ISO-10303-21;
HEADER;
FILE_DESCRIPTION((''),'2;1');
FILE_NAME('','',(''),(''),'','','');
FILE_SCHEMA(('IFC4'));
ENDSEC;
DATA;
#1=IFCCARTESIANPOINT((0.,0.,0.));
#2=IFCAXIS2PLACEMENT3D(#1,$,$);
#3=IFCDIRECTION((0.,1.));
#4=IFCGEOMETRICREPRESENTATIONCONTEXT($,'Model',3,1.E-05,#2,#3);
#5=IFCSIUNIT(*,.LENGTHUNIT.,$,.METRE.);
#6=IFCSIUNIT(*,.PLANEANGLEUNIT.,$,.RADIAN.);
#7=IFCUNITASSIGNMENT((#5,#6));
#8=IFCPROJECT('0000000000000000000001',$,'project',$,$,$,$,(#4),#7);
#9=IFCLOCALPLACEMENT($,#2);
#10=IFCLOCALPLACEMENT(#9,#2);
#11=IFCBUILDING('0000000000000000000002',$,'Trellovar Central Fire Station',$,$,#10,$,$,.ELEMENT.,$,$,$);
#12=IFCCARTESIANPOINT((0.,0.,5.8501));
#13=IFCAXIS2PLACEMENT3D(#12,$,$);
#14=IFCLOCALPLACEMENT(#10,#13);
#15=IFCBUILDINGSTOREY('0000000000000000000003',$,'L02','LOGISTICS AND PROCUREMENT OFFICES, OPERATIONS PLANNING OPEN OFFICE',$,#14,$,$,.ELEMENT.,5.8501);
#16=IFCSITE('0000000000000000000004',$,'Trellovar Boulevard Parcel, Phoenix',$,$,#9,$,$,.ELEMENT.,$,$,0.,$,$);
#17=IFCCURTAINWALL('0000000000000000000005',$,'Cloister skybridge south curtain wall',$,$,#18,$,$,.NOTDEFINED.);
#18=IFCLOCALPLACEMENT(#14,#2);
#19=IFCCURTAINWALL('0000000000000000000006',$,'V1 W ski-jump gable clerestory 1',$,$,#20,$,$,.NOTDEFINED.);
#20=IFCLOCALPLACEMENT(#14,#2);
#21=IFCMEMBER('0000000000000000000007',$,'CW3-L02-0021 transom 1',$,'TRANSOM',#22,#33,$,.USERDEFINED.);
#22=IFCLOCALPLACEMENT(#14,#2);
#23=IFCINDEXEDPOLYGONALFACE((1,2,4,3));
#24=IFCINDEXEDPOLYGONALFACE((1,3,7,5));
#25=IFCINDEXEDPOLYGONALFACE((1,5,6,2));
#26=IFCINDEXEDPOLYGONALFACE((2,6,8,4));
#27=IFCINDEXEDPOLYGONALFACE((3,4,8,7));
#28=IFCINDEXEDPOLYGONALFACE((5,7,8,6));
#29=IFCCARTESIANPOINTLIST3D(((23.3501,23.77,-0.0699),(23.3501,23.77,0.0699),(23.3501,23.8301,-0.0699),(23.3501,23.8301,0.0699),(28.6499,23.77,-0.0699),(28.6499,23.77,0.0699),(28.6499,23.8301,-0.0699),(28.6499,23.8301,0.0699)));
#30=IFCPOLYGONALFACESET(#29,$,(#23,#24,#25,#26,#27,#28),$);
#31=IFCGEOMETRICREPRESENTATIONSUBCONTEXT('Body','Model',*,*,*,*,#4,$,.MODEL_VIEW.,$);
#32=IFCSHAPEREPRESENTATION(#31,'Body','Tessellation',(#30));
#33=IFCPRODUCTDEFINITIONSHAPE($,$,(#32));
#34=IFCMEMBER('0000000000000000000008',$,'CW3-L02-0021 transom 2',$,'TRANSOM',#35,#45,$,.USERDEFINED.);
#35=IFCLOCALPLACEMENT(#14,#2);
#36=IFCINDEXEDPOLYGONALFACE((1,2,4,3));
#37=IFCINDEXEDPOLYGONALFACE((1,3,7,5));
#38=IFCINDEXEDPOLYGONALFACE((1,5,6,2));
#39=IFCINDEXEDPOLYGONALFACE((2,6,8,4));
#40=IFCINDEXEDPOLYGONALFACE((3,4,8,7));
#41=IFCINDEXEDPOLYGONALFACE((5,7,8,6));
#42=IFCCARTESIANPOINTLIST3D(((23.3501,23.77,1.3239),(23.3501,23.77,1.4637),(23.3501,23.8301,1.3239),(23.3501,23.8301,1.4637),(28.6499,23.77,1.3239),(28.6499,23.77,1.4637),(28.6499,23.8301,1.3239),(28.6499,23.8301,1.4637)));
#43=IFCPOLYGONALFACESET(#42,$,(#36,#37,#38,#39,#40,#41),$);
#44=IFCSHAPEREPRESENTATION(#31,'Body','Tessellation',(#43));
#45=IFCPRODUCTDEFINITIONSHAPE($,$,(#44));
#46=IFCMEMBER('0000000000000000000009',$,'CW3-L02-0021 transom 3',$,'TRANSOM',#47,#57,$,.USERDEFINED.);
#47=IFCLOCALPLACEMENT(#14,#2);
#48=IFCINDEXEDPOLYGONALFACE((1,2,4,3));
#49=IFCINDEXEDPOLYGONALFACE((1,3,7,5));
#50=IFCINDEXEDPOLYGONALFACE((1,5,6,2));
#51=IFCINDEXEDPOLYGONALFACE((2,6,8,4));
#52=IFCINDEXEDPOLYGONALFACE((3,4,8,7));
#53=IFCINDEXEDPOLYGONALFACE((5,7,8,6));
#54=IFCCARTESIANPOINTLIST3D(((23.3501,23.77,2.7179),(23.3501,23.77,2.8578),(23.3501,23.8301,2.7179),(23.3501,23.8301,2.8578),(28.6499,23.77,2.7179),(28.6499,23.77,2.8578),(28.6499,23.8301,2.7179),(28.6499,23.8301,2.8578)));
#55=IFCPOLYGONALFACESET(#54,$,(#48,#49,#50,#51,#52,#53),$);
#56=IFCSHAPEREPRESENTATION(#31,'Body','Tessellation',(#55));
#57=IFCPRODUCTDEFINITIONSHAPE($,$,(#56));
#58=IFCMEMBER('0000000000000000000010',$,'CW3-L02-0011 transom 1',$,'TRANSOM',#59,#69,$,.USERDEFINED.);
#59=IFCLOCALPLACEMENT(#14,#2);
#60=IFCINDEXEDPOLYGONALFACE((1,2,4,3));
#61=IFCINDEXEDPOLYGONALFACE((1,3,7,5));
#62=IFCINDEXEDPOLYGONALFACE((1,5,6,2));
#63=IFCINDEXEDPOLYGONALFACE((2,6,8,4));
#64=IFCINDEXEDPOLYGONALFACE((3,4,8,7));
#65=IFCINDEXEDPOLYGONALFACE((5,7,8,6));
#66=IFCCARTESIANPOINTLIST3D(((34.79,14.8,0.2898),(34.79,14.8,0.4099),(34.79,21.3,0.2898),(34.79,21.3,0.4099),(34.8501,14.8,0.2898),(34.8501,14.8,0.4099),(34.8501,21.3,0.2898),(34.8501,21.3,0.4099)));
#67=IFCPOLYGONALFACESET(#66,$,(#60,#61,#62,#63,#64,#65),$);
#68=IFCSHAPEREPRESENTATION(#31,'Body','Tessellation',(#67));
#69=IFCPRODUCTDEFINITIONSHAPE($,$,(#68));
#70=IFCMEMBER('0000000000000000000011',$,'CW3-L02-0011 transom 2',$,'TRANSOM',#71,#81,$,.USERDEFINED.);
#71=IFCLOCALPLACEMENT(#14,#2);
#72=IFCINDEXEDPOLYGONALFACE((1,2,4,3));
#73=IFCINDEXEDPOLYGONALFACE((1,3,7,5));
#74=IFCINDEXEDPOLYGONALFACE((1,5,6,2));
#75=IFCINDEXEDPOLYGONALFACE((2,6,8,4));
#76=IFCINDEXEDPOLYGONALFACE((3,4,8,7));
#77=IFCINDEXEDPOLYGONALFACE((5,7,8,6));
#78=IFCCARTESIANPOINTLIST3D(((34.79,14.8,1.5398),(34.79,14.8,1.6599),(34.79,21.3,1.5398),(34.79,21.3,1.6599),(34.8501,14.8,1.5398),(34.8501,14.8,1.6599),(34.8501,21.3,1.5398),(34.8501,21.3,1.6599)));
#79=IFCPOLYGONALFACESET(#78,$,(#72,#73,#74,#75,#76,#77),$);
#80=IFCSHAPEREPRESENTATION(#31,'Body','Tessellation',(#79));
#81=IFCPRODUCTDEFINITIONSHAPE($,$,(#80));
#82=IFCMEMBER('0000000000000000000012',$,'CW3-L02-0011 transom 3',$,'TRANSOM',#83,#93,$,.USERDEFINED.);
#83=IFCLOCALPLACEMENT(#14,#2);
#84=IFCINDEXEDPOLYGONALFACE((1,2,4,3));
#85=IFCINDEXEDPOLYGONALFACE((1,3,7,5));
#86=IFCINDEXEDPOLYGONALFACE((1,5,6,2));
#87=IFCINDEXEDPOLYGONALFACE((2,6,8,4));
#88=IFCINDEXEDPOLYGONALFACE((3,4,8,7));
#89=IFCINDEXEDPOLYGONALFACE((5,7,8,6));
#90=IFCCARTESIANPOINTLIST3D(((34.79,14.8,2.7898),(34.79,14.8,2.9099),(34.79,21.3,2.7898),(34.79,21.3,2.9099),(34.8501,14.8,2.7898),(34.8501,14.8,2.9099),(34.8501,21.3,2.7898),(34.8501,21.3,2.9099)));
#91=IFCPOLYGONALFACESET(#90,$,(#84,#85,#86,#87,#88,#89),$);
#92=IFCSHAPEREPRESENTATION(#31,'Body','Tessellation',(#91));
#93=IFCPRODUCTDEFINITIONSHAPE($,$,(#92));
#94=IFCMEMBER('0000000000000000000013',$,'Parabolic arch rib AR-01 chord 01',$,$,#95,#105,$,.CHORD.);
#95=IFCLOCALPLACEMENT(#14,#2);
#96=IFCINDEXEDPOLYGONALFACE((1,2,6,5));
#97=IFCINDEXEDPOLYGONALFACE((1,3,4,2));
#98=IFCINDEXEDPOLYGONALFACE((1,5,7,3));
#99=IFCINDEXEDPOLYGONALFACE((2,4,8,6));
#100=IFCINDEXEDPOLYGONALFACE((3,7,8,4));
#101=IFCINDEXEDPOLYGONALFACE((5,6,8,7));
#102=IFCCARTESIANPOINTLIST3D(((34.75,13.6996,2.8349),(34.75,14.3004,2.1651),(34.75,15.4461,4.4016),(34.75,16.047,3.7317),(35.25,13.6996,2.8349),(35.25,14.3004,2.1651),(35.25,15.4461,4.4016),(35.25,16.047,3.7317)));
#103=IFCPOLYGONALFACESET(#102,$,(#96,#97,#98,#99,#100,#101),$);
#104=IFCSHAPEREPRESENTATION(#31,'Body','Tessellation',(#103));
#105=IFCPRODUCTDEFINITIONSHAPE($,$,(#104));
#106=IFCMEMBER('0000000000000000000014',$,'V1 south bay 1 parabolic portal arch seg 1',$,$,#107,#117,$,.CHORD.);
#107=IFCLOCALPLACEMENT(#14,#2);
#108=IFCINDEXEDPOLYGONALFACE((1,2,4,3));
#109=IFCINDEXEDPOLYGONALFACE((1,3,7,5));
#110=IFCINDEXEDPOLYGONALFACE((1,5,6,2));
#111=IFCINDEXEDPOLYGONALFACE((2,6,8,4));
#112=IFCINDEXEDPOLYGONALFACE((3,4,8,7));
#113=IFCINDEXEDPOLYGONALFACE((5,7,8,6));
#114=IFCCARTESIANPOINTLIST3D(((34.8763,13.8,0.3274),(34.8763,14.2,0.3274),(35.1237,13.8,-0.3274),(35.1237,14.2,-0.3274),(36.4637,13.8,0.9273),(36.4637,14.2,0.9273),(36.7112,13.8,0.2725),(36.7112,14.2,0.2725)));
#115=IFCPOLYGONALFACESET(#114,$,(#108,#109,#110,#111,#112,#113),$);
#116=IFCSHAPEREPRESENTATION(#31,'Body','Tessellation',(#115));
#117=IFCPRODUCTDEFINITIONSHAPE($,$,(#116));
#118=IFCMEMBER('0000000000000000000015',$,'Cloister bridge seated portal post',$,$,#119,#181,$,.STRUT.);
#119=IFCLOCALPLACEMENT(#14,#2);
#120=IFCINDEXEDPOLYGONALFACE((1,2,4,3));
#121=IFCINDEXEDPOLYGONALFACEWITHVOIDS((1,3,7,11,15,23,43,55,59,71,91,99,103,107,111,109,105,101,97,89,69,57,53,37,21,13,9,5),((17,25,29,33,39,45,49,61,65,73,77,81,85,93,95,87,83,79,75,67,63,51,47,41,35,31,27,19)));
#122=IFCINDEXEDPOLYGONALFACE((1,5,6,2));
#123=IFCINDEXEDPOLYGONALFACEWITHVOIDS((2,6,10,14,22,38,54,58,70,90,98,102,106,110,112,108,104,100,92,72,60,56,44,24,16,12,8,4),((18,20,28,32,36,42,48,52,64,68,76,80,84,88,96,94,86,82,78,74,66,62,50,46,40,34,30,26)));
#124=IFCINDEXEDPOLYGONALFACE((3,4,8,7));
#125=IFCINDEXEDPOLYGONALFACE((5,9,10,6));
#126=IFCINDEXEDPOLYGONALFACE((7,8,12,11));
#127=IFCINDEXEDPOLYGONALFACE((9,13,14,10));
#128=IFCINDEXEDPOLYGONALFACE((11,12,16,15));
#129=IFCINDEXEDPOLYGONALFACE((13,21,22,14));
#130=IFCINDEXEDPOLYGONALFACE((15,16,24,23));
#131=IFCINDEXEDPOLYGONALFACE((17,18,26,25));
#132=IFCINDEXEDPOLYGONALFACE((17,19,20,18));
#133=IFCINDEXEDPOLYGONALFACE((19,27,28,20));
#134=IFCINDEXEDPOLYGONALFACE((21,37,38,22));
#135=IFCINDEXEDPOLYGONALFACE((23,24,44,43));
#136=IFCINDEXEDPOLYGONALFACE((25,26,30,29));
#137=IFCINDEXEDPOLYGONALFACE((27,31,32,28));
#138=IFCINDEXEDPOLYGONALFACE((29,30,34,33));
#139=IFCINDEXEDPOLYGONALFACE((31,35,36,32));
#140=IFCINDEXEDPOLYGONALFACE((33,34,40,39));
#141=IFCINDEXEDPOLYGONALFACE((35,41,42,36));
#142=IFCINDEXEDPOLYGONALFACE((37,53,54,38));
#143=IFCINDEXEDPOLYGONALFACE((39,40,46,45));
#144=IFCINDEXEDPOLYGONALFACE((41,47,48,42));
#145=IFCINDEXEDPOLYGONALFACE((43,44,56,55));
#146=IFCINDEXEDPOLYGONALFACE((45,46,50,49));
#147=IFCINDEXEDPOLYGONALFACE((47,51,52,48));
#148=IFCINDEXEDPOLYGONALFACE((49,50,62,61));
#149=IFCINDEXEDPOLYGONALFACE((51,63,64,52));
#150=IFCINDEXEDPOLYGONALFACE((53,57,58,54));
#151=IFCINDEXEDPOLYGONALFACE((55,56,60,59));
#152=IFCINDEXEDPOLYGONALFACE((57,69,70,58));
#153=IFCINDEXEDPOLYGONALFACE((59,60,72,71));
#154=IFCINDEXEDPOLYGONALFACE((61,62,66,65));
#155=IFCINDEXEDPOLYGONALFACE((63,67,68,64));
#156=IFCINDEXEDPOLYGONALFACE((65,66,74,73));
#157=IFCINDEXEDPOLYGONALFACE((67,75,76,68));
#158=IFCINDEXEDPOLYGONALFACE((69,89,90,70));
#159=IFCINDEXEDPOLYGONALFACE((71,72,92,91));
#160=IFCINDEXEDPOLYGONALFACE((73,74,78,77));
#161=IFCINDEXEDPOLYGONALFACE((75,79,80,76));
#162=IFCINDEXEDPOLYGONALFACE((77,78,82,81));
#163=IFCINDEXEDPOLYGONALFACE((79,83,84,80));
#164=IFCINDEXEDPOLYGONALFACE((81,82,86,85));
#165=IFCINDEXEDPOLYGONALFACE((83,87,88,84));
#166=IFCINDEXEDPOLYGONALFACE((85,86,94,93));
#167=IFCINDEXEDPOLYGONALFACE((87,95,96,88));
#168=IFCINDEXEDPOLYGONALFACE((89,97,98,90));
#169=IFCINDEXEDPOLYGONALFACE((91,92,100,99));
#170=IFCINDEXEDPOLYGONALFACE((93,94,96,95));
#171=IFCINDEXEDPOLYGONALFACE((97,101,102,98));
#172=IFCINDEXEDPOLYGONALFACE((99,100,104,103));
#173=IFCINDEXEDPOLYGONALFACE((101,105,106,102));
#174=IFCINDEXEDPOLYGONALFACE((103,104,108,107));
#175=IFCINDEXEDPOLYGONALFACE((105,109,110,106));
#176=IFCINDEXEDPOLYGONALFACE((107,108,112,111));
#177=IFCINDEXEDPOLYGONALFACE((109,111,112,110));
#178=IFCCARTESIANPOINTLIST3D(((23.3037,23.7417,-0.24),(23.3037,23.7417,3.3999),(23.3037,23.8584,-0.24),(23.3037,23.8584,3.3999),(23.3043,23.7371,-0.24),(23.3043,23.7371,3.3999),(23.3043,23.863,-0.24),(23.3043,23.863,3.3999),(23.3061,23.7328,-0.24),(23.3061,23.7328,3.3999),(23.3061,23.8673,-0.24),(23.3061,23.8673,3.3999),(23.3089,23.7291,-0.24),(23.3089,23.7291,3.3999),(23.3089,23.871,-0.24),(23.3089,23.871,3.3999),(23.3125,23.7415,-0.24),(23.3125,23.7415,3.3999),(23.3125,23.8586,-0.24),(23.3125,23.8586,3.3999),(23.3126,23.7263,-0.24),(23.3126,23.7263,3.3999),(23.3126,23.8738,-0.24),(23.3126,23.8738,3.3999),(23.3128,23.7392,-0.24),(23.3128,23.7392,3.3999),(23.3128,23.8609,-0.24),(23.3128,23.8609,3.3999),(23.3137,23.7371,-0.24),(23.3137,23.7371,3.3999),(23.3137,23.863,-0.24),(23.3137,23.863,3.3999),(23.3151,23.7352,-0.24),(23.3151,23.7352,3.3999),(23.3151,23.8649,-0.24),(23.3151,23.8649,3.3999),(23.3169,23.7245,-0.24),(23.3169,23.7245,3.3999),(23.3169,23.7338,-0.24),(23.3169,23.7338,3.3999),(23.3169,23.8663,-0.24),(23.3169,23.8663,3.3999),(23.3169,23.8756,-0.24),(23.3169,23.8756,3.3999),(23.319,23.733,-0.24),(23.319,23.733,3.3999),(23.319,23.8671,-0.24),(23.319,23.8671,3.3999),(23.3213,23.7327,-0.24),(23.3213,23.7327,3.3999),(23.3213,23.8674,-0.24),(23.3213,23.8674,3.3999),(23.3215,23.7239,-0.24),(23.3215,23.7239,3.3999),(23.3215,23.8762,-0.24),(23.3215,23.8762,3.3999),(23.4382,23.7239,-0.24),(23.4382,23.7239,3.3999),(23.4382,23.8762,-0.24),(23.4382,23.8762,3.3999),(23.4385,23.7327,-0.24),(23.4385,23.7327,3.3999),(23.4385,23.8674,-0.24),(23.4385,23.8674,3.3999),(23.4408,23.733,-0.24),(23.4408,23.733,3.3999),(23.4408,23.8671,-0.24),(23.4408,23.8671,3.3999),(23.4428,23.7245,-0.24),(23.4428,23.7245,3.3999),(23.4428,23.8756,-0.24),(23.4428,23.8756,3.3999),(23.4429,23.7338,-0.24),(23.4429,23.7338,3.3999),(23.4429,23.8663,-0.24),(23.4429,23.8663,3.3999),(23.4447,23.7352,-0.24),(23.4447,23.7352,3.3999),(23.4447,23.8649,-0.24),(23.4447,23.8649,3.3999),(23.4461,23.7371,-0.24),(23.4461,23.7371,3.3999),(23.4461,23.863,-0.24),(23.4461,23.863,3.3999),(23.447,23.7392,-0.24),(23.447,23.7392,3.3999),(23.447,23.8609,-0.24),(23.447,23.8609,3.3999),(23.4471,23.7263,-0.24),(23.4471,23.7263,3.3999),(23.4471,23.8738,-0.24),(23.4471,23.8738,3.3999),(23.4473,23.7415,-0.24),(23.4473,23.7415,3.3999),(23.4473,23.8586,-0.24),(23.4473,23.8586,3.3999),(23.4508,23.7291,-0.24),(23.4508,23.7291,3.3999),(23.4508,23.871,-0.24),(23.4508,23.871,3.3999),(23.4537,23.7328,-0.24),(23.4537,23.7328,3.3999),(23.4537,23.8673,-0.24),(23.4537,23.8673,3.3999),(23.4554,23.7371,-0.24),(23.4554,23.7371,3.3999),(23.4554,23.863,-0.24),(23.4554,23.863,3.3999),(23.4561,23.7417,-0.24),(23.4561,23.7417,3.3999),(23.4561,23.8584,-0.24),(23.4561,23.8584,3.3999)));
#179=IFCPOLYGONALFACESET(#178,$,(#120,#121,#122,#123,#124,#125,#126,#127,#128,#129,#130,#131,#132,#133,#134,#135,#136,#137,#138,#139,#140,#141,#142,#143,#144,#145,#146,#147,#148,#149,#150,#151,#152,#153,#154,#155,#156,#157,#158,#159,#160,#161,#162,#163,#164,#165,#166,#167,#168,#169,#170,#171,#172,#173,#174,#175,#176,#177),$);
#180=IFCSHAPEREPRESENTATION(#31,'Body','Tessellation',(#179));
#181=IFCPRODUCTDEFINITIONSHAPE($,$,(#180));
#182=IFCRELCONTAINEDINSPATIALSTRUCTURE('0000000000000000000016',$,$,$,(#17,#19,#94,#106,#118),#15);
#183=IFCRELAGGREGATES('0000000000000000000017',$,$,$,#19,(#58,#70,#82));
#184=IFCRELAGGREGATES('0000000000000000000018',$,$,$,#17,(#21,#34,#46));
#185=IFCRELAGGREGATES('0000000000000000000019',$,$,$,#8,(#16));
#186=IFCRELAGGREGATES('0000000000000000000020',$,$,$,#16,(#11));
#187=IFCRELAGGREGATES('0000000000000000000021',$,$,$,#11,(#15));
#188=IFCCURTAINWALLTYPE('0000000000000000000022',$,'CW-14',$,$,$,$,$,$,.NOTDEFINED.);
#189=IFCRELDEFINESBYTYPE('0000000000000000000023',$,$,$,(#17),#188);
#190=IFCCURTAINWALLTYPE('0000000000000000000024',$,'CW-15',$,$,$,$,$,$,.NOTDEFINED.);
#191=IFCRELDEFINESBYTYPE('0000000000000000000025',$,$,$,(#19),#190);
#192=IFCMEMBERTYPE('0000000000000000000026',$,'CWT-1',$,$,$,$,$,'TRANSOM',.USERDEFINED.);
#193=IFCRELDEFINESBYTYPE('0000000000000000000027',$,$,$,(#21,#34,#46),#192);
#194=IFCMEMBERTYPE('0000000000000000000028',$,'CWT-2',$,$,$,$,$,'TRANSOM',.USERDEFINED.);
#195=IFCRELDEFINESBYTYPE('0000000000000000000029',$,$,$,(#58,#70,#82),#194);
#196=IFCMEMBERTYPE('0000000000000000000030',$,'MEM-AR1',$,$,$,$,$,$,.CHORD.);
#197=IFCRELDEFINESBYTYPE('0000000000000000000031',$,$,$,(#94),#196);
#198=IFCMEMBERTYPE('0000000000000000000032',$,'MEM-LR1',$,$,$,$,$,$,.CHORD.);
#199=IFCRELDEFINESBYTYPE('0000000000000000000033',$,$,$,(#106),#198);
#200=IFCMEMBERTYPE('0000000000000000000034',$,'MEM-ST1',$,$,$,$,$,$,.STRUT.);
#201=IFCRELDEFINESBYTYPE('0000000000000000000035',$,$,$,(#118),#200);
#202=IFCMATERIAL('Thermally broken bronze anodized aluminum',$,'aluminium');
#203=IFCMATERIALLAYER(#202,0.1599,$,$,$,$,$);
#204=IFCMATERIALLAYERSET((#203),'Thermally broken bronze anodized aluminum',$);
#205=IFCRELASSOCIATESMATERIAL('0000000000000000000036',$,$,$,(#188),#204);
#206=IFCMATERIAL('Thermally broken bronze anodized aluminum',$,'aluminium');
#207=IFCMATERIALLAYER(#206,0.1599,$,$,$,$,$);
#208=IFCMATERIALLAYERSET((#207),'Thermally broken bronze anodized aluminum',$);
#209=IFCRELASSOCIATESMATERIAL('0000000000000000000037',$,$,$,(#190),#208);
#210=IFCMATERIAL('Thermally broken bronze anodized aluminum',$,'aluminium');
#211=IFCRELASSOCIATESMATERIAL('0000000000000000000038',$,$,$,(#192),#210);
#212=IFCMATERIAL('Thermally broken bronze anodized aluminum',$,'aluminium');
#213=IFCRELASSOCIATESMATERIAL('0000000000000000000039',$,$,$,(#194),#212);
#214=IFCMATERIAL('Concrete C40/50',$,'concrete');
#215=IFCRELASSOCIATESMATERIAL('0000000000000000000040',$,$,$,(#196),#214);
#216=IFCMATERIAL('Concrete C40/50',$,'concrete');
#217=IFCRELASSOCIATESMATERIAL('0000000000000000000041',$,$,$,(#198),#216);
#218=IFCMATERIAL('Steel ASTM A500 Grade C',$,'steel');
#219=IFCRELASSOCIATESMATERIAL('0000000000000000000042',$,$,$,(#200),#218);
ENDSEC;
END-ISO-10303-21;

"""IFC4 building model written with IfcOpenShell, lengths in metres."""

from ifc_helpers import new_model, si_unit, direction, frame, origin, origin_2d, place, context, subcontext, project, spatial, rectangle, hollow_rectangle, extrude, material, layer, layer_set, material_profile, profile_set, type_object, element, aggregate, save


model = new_model("IFC4")

# Units and contexts
model_context = context("Model", 3, precision=1e-05, world=origin(), true_north=direction((0.0, 1.0)))
body_context = subcontext(model_context, "Body", "Model", "MODEL_VIEW")
ifc_project = project(units=[si_unit("LENGTHUNIT", "METRE"), si_unit("PLANEANGLEUNIT", "RADIAN")], contexts=[model_context])

# Site, building, storey
site_placement = place(None, origin())
site = spatial("IfcSite", under=ifc_project, at=site_placement, Name="Trellovar Boulevard Parcel, Phoenix", CompositionType="ELEMENT", RefElevation=0.0)
building_placement = place(site_placement, origin())
building = spatial("IfcBuilding", under=site, at=building_placement, Name="Trellovar Central Fire Station", CompositionType="ELEMENT")
storey_placement = place(building_placement, frame((0.0, 0.0, 5.8501)))
storey = spatial("IfcBuildingStorey", under=building, at=storey_placement, Name="L02", Description="LOGISTICS AND PROCUREMENT OFFICES, OPERATIONS PLANNING OPEN OFFICE", CompositionType="ELEMENT", Elevation=5.8501)

# Curtain walls
ifc_material_1 = material(Name="Thermally broken bronze anodized aluminum", Category="aluminium")
ifc_layer_1 = layer(ifc_material_1, 0.1599)
ifc_layer_set_1 = layer_set([ifc_layer_1], Name="Thermally broken bronze anodized aluminum")
curtain_wall_type_1 = type_object("IfcCurtainWallType", Name="CW-14", PredefinedType="NOTDEFINED", material=ifc_layer_set_1)
curtain_wall_1_placement = place(storey_placement, origin())
curtain_wall_1 = element("IfcCurtainWall", 1, at=curtain_wall_1_placement, inside=storey, type_object=curtain_wall_type_1, Name="Cloister skybridge south curtain wall", PredefinedType="NOTDEFINED")
ifc_material_2 = material(Name="Thermally broken bronze anodized aluminum", Category="aluminium")
ifc_layer_2 = layer(ifc_material_2, 0.1599)
ifc_layer_set_2 = layer_set([ifc_layer_2], Name="Thermally broken bronze anodized aluminum")
curtain_wall_type_2 = type_object("IfcCurtainWallType", Name="CW-15", PredefinedType="NOTDEFINED", material=ifc_layer_set_2)
curtain_wall_2_placement = place(storey_placement, origin())
curtain_wall_2 = element("IfcCurtainWall", 2, at=curtain_wall_2_placement, inside=storey, type_object=curtain_wall_type_2, Name="V1 W ski-jump gable clerestory 1", PredefinedType="NOTDEFINED")

# Members
ifc_material_3 = material(Name="Thermally broken bronze anodized aluminum", Category="aluminium")
ifc_material_profile_1 = material_profile(ifc_material_3, rectangle(XDim=0.0601, YDim=0.1399, at=origin_2d()), Name="ALU60X140")
ifc_profile_set_1 = profile_set([ifc_material_profile_1], Name="Thermally broken bronze anodized aluminum")
member_type_1 = type_object("IfcMemberType", Name="CWT-1", ElementType="TRANSOM", PredefinedType="USERDEFINED", material=ifc_profile_set_1)
member_1_placement = place(storey_placement, frame((23.3501, 23.8, 0.0), z_axis=(1.0, 0.0, 0.0), x_axis=(0.0, 1.0, 0.0)))
member_1 = element("IfcMember", 3, at=member_1_placement, type_object=member_type_1, Name="CW3-L02-0021 transom 1", ObjectType="TRANSOM", PredefinedType="USERDEFINED", context=body_context, shape_type="SweptSolid", body=[
    extrude(rectangle(XDim=0.0601, YDim=0.1399, at=origin_2d()), origin(), (0.0, 0.0, 1.0), 5.2998),
])
member_2_placement = place(storey_placement, frame((23.3501, 23.8, 1.3938), z_axis=(1.0, 0.0, 0.0), x_axis=(0.0, 1.0, 0.0)))
member_2 = element("IfcMember", 4, at=member_2_placement, type_object=member_type_1, Name="CW3-L02-0021 transom 2", ObjectType="TRANSOM", PredefinedType="USERDEFINED", context=body_context, shape_type="SweptSolid", body=[
    extrude(rectangle(XDim=0.0601, YDim=0.1399, at=origin_2d()), origin(), (0.0, 0.0, 1.0), 5.2998),
])
member_3_placement = place(storey_placement, frame((23.3501, 23.8, 2.7878), z_axis=(1.0, 0.0, 0.0), x_axis=(0.0, 1.0, 0.0)))
member_3 = element("IfcMember", 5, at=member_3_placement, type_object=member_type_1, Name="CW3-L02-0021 transom 3", ObjectType="TRANSOM", PredefinedType="USERDEFINED", context=body_context, shape_type="SweptSolid", body=[
    extrude(rectangle(XDim=0.0601, YDim=0.1399, at=origin_2d()), origin(), (0.0, 0.0, 1.0), 5.2998),
])
ifc_material_4 = material(Name="Thermally broken bronze anodized aluminum", Category="aluminium")
ifc_material_profile_2 = material_profile(ifc_material_4, rectangle(XDim=0.0601, YDim=0.1201, at=origin_2d()), Name="ALU60X120")
ifc_profile_set_2 = profile_set([ifc_material_profile_2], Name="Thermally broken bronze anodized aluminum")
member_type_2 = type_object("IfcMemberType", Name="CWT-2", ElementType="TRANSOM", PredefinedType="USERDEFINED", material=ifc_profile_set_2)
member_4_placement = place(storey_placement, frame((34.8201, 14.8, 0.3499), z_axis=(0.0, 1.0, 0.0), x_axis=(-1.0, 0.0, 0.0)))
member_4 = element("IfcMember", 6, at=member_4_placement, type_object=member_type_2, Name="CW3-L02-0011 transom 1", ObjectType="TRANSOM", PredefinedType="USERDEFINED", context=body_context, shape_type="SweptSolid", body=[
    extrude(rectangle(XDim=0.0601, YDim=0.1201, at=origin_2d()), origin(), (0.0, 0.0, 1.0), 6.5),
])
member_5_placement = place(storey_placement, frame((34.8201, 14.8, 1.5999), z_axis=(0.0, 1.0, 0.0), x_axis=(-1.0, 0.0, 0.0)))
member_5 = element("IfcMember", 7, at=member_5_placement, type_object=member_type_2, Name="CW3-L02-0011 transom 2", ObjectType="TRANSOM", PredefinedType="USERDEFINED", context=body_context, shape_type="SweptSolid", body=[
    extrude(rectangle(XDim=0.0601, YDim=0.1201, at=origin_2d()), origin(), (0.0, 0.0, 1.0), 6.5),
])
member_6_placement = place(storey_placement, frame((34.8201, 14.8, 2.8499), z_axis=(0.0, 1.0, 0.0), x_axis=(-1.0, 0.0, 0.0)))
member_6 = element("IfcMember", 8, at=member_6_placement, type_object=member_type_2, Name="CW3-L02-0011 transom 3", ObjectType="TRANSOM", PredefinedType="USERDEFINED", context=body_context, shape_type="SweptSolid", body=[
    extrude(rectangle(XDim=0.0601, YDim=0.1201, at=origin_2d()), origin(), (0.0, 0.0, 1.0), 6.5),
])

# Members
ifc_material_5 = material(Name="Concrete C40/50", Category="concrete")
ifc_material_profile_3 = material_profile(ifc_material_5, rectangle(XDim=0.5, YDim=0.8999, at=origin_2d()), Name="RC500X900")
ifc_profile_set_3 = profile_set([ifc_material_profile_3], Name="Concrete C40/50")
member_type_3 = type_object("IfcMemberType", Name="MEM-AR1", PredefinedType="CHORD", material=ifc_profile_set_3)
member_7_placement = place(storey_placement, frame((35.0, 14.0, 2.5), z_axis=(0.0, 0.744411, 0.667722), x_axis=(-1.0, 0.0, 0.0)))
element("IfcMember", 9, at=member_7_placement, inside=storey, type_object=member_type_3, Name="Parabolic arch rib AR-01 chord 01", PredefinedType="CHORD", context=body_context, shape_type="SweptSolid", body=[
    extrude(rectangle(XDim=0.5, YDim=0.8999, at=origin_2d()), origin(), (0.0, 0.0, 1.0), 2.3462),
])
ifc_material_6 = material(Name="Concrete C40/50", Category="concrete")
ifc_material_profile_4 = material_profile(ifc_material_6, rectangle(XDim=0.3999, YDim=0.7, at=origin_2d()), Name="RC400X700")
ifc_profile_set_4 = profile_set([ifc_material_profile_4], Name="Concrete C40/50")
member_type_4 = type_object("IfcMemberType", Name="MEM-LR1", PredefinedType="CHORD", material=ifc_profile_set_4)
member_8_placement = place(storey_placement, frame((35.0, 14.0, 0.0), z_axis=(0.935439, 0.0, 0.353487), x_axis=(0.0, 1.0, 0.0)))
element("IfcMember", 10, at=member_8_placement, inside=storey, type_object=member_type_4, Name="V1 south bay 1 parabolic portal arch seg 1", PredefinedType="CHORD", context=body_context, shape_type="SweptSolid", body=[
    extrude(rectangle(XDim=0.3999, YDim=0.7, at=origin_2d()), origin(), (0.0, 0.0, 1.0), 1.697),
])
ifc_material_7 = material(Name="Steel ASTM A500 Grade C", Category="steel")
ifc_material_profile_5 = material_profile(ifc_material_7, hollow_rectangle(XDim=0.1523, YDim=0.1523, WallThickness=0.0088, InnerFilletRadius=0.0088, OuterFilletRadius=0.0178, at=origin_2d()), Name="HSS6X6X3/8")
ifc_profile_set_5 = profile_set([ifc_material_profile_5], Name="Steel ASTM A500 Grade C")
member_type_5 = type_object("IfcMemberType", Name="MEM-ST1", PredefinedType="STRUT", material=ifc_profile_set_5)
member_9_placement = place(storey_placement, frame((23.3799, 23.8, -0.24), z_axis=(0.0, 0.0, 1.0), x_axis=(1.0, 0.0, 0.0)))
element("IfcMember", 11, at=member_9_placement, inside=storey, type_object=member_type_5, Name="Cloister bridge seated portal post", PredefinedType="STRUT", context=body_context, shape_type="SweptSolid", body=[
    extrude(hollow_rectangle(XDim=0.1523, YDim=0.1523, WallThickness=0.0088, InnerFilletRadius=0.0088, OuterFilletRadius=0.0178, at=origin_2d()), origin(), (0.0, 0.0, 1.0), 3.6399),
])

aggregate(curtain_wall_2, [member_4, member_5, member_6])
aggregate(curtain_wall_1, [member_1, member_2, member_3])

save(model, "model.ifc")
